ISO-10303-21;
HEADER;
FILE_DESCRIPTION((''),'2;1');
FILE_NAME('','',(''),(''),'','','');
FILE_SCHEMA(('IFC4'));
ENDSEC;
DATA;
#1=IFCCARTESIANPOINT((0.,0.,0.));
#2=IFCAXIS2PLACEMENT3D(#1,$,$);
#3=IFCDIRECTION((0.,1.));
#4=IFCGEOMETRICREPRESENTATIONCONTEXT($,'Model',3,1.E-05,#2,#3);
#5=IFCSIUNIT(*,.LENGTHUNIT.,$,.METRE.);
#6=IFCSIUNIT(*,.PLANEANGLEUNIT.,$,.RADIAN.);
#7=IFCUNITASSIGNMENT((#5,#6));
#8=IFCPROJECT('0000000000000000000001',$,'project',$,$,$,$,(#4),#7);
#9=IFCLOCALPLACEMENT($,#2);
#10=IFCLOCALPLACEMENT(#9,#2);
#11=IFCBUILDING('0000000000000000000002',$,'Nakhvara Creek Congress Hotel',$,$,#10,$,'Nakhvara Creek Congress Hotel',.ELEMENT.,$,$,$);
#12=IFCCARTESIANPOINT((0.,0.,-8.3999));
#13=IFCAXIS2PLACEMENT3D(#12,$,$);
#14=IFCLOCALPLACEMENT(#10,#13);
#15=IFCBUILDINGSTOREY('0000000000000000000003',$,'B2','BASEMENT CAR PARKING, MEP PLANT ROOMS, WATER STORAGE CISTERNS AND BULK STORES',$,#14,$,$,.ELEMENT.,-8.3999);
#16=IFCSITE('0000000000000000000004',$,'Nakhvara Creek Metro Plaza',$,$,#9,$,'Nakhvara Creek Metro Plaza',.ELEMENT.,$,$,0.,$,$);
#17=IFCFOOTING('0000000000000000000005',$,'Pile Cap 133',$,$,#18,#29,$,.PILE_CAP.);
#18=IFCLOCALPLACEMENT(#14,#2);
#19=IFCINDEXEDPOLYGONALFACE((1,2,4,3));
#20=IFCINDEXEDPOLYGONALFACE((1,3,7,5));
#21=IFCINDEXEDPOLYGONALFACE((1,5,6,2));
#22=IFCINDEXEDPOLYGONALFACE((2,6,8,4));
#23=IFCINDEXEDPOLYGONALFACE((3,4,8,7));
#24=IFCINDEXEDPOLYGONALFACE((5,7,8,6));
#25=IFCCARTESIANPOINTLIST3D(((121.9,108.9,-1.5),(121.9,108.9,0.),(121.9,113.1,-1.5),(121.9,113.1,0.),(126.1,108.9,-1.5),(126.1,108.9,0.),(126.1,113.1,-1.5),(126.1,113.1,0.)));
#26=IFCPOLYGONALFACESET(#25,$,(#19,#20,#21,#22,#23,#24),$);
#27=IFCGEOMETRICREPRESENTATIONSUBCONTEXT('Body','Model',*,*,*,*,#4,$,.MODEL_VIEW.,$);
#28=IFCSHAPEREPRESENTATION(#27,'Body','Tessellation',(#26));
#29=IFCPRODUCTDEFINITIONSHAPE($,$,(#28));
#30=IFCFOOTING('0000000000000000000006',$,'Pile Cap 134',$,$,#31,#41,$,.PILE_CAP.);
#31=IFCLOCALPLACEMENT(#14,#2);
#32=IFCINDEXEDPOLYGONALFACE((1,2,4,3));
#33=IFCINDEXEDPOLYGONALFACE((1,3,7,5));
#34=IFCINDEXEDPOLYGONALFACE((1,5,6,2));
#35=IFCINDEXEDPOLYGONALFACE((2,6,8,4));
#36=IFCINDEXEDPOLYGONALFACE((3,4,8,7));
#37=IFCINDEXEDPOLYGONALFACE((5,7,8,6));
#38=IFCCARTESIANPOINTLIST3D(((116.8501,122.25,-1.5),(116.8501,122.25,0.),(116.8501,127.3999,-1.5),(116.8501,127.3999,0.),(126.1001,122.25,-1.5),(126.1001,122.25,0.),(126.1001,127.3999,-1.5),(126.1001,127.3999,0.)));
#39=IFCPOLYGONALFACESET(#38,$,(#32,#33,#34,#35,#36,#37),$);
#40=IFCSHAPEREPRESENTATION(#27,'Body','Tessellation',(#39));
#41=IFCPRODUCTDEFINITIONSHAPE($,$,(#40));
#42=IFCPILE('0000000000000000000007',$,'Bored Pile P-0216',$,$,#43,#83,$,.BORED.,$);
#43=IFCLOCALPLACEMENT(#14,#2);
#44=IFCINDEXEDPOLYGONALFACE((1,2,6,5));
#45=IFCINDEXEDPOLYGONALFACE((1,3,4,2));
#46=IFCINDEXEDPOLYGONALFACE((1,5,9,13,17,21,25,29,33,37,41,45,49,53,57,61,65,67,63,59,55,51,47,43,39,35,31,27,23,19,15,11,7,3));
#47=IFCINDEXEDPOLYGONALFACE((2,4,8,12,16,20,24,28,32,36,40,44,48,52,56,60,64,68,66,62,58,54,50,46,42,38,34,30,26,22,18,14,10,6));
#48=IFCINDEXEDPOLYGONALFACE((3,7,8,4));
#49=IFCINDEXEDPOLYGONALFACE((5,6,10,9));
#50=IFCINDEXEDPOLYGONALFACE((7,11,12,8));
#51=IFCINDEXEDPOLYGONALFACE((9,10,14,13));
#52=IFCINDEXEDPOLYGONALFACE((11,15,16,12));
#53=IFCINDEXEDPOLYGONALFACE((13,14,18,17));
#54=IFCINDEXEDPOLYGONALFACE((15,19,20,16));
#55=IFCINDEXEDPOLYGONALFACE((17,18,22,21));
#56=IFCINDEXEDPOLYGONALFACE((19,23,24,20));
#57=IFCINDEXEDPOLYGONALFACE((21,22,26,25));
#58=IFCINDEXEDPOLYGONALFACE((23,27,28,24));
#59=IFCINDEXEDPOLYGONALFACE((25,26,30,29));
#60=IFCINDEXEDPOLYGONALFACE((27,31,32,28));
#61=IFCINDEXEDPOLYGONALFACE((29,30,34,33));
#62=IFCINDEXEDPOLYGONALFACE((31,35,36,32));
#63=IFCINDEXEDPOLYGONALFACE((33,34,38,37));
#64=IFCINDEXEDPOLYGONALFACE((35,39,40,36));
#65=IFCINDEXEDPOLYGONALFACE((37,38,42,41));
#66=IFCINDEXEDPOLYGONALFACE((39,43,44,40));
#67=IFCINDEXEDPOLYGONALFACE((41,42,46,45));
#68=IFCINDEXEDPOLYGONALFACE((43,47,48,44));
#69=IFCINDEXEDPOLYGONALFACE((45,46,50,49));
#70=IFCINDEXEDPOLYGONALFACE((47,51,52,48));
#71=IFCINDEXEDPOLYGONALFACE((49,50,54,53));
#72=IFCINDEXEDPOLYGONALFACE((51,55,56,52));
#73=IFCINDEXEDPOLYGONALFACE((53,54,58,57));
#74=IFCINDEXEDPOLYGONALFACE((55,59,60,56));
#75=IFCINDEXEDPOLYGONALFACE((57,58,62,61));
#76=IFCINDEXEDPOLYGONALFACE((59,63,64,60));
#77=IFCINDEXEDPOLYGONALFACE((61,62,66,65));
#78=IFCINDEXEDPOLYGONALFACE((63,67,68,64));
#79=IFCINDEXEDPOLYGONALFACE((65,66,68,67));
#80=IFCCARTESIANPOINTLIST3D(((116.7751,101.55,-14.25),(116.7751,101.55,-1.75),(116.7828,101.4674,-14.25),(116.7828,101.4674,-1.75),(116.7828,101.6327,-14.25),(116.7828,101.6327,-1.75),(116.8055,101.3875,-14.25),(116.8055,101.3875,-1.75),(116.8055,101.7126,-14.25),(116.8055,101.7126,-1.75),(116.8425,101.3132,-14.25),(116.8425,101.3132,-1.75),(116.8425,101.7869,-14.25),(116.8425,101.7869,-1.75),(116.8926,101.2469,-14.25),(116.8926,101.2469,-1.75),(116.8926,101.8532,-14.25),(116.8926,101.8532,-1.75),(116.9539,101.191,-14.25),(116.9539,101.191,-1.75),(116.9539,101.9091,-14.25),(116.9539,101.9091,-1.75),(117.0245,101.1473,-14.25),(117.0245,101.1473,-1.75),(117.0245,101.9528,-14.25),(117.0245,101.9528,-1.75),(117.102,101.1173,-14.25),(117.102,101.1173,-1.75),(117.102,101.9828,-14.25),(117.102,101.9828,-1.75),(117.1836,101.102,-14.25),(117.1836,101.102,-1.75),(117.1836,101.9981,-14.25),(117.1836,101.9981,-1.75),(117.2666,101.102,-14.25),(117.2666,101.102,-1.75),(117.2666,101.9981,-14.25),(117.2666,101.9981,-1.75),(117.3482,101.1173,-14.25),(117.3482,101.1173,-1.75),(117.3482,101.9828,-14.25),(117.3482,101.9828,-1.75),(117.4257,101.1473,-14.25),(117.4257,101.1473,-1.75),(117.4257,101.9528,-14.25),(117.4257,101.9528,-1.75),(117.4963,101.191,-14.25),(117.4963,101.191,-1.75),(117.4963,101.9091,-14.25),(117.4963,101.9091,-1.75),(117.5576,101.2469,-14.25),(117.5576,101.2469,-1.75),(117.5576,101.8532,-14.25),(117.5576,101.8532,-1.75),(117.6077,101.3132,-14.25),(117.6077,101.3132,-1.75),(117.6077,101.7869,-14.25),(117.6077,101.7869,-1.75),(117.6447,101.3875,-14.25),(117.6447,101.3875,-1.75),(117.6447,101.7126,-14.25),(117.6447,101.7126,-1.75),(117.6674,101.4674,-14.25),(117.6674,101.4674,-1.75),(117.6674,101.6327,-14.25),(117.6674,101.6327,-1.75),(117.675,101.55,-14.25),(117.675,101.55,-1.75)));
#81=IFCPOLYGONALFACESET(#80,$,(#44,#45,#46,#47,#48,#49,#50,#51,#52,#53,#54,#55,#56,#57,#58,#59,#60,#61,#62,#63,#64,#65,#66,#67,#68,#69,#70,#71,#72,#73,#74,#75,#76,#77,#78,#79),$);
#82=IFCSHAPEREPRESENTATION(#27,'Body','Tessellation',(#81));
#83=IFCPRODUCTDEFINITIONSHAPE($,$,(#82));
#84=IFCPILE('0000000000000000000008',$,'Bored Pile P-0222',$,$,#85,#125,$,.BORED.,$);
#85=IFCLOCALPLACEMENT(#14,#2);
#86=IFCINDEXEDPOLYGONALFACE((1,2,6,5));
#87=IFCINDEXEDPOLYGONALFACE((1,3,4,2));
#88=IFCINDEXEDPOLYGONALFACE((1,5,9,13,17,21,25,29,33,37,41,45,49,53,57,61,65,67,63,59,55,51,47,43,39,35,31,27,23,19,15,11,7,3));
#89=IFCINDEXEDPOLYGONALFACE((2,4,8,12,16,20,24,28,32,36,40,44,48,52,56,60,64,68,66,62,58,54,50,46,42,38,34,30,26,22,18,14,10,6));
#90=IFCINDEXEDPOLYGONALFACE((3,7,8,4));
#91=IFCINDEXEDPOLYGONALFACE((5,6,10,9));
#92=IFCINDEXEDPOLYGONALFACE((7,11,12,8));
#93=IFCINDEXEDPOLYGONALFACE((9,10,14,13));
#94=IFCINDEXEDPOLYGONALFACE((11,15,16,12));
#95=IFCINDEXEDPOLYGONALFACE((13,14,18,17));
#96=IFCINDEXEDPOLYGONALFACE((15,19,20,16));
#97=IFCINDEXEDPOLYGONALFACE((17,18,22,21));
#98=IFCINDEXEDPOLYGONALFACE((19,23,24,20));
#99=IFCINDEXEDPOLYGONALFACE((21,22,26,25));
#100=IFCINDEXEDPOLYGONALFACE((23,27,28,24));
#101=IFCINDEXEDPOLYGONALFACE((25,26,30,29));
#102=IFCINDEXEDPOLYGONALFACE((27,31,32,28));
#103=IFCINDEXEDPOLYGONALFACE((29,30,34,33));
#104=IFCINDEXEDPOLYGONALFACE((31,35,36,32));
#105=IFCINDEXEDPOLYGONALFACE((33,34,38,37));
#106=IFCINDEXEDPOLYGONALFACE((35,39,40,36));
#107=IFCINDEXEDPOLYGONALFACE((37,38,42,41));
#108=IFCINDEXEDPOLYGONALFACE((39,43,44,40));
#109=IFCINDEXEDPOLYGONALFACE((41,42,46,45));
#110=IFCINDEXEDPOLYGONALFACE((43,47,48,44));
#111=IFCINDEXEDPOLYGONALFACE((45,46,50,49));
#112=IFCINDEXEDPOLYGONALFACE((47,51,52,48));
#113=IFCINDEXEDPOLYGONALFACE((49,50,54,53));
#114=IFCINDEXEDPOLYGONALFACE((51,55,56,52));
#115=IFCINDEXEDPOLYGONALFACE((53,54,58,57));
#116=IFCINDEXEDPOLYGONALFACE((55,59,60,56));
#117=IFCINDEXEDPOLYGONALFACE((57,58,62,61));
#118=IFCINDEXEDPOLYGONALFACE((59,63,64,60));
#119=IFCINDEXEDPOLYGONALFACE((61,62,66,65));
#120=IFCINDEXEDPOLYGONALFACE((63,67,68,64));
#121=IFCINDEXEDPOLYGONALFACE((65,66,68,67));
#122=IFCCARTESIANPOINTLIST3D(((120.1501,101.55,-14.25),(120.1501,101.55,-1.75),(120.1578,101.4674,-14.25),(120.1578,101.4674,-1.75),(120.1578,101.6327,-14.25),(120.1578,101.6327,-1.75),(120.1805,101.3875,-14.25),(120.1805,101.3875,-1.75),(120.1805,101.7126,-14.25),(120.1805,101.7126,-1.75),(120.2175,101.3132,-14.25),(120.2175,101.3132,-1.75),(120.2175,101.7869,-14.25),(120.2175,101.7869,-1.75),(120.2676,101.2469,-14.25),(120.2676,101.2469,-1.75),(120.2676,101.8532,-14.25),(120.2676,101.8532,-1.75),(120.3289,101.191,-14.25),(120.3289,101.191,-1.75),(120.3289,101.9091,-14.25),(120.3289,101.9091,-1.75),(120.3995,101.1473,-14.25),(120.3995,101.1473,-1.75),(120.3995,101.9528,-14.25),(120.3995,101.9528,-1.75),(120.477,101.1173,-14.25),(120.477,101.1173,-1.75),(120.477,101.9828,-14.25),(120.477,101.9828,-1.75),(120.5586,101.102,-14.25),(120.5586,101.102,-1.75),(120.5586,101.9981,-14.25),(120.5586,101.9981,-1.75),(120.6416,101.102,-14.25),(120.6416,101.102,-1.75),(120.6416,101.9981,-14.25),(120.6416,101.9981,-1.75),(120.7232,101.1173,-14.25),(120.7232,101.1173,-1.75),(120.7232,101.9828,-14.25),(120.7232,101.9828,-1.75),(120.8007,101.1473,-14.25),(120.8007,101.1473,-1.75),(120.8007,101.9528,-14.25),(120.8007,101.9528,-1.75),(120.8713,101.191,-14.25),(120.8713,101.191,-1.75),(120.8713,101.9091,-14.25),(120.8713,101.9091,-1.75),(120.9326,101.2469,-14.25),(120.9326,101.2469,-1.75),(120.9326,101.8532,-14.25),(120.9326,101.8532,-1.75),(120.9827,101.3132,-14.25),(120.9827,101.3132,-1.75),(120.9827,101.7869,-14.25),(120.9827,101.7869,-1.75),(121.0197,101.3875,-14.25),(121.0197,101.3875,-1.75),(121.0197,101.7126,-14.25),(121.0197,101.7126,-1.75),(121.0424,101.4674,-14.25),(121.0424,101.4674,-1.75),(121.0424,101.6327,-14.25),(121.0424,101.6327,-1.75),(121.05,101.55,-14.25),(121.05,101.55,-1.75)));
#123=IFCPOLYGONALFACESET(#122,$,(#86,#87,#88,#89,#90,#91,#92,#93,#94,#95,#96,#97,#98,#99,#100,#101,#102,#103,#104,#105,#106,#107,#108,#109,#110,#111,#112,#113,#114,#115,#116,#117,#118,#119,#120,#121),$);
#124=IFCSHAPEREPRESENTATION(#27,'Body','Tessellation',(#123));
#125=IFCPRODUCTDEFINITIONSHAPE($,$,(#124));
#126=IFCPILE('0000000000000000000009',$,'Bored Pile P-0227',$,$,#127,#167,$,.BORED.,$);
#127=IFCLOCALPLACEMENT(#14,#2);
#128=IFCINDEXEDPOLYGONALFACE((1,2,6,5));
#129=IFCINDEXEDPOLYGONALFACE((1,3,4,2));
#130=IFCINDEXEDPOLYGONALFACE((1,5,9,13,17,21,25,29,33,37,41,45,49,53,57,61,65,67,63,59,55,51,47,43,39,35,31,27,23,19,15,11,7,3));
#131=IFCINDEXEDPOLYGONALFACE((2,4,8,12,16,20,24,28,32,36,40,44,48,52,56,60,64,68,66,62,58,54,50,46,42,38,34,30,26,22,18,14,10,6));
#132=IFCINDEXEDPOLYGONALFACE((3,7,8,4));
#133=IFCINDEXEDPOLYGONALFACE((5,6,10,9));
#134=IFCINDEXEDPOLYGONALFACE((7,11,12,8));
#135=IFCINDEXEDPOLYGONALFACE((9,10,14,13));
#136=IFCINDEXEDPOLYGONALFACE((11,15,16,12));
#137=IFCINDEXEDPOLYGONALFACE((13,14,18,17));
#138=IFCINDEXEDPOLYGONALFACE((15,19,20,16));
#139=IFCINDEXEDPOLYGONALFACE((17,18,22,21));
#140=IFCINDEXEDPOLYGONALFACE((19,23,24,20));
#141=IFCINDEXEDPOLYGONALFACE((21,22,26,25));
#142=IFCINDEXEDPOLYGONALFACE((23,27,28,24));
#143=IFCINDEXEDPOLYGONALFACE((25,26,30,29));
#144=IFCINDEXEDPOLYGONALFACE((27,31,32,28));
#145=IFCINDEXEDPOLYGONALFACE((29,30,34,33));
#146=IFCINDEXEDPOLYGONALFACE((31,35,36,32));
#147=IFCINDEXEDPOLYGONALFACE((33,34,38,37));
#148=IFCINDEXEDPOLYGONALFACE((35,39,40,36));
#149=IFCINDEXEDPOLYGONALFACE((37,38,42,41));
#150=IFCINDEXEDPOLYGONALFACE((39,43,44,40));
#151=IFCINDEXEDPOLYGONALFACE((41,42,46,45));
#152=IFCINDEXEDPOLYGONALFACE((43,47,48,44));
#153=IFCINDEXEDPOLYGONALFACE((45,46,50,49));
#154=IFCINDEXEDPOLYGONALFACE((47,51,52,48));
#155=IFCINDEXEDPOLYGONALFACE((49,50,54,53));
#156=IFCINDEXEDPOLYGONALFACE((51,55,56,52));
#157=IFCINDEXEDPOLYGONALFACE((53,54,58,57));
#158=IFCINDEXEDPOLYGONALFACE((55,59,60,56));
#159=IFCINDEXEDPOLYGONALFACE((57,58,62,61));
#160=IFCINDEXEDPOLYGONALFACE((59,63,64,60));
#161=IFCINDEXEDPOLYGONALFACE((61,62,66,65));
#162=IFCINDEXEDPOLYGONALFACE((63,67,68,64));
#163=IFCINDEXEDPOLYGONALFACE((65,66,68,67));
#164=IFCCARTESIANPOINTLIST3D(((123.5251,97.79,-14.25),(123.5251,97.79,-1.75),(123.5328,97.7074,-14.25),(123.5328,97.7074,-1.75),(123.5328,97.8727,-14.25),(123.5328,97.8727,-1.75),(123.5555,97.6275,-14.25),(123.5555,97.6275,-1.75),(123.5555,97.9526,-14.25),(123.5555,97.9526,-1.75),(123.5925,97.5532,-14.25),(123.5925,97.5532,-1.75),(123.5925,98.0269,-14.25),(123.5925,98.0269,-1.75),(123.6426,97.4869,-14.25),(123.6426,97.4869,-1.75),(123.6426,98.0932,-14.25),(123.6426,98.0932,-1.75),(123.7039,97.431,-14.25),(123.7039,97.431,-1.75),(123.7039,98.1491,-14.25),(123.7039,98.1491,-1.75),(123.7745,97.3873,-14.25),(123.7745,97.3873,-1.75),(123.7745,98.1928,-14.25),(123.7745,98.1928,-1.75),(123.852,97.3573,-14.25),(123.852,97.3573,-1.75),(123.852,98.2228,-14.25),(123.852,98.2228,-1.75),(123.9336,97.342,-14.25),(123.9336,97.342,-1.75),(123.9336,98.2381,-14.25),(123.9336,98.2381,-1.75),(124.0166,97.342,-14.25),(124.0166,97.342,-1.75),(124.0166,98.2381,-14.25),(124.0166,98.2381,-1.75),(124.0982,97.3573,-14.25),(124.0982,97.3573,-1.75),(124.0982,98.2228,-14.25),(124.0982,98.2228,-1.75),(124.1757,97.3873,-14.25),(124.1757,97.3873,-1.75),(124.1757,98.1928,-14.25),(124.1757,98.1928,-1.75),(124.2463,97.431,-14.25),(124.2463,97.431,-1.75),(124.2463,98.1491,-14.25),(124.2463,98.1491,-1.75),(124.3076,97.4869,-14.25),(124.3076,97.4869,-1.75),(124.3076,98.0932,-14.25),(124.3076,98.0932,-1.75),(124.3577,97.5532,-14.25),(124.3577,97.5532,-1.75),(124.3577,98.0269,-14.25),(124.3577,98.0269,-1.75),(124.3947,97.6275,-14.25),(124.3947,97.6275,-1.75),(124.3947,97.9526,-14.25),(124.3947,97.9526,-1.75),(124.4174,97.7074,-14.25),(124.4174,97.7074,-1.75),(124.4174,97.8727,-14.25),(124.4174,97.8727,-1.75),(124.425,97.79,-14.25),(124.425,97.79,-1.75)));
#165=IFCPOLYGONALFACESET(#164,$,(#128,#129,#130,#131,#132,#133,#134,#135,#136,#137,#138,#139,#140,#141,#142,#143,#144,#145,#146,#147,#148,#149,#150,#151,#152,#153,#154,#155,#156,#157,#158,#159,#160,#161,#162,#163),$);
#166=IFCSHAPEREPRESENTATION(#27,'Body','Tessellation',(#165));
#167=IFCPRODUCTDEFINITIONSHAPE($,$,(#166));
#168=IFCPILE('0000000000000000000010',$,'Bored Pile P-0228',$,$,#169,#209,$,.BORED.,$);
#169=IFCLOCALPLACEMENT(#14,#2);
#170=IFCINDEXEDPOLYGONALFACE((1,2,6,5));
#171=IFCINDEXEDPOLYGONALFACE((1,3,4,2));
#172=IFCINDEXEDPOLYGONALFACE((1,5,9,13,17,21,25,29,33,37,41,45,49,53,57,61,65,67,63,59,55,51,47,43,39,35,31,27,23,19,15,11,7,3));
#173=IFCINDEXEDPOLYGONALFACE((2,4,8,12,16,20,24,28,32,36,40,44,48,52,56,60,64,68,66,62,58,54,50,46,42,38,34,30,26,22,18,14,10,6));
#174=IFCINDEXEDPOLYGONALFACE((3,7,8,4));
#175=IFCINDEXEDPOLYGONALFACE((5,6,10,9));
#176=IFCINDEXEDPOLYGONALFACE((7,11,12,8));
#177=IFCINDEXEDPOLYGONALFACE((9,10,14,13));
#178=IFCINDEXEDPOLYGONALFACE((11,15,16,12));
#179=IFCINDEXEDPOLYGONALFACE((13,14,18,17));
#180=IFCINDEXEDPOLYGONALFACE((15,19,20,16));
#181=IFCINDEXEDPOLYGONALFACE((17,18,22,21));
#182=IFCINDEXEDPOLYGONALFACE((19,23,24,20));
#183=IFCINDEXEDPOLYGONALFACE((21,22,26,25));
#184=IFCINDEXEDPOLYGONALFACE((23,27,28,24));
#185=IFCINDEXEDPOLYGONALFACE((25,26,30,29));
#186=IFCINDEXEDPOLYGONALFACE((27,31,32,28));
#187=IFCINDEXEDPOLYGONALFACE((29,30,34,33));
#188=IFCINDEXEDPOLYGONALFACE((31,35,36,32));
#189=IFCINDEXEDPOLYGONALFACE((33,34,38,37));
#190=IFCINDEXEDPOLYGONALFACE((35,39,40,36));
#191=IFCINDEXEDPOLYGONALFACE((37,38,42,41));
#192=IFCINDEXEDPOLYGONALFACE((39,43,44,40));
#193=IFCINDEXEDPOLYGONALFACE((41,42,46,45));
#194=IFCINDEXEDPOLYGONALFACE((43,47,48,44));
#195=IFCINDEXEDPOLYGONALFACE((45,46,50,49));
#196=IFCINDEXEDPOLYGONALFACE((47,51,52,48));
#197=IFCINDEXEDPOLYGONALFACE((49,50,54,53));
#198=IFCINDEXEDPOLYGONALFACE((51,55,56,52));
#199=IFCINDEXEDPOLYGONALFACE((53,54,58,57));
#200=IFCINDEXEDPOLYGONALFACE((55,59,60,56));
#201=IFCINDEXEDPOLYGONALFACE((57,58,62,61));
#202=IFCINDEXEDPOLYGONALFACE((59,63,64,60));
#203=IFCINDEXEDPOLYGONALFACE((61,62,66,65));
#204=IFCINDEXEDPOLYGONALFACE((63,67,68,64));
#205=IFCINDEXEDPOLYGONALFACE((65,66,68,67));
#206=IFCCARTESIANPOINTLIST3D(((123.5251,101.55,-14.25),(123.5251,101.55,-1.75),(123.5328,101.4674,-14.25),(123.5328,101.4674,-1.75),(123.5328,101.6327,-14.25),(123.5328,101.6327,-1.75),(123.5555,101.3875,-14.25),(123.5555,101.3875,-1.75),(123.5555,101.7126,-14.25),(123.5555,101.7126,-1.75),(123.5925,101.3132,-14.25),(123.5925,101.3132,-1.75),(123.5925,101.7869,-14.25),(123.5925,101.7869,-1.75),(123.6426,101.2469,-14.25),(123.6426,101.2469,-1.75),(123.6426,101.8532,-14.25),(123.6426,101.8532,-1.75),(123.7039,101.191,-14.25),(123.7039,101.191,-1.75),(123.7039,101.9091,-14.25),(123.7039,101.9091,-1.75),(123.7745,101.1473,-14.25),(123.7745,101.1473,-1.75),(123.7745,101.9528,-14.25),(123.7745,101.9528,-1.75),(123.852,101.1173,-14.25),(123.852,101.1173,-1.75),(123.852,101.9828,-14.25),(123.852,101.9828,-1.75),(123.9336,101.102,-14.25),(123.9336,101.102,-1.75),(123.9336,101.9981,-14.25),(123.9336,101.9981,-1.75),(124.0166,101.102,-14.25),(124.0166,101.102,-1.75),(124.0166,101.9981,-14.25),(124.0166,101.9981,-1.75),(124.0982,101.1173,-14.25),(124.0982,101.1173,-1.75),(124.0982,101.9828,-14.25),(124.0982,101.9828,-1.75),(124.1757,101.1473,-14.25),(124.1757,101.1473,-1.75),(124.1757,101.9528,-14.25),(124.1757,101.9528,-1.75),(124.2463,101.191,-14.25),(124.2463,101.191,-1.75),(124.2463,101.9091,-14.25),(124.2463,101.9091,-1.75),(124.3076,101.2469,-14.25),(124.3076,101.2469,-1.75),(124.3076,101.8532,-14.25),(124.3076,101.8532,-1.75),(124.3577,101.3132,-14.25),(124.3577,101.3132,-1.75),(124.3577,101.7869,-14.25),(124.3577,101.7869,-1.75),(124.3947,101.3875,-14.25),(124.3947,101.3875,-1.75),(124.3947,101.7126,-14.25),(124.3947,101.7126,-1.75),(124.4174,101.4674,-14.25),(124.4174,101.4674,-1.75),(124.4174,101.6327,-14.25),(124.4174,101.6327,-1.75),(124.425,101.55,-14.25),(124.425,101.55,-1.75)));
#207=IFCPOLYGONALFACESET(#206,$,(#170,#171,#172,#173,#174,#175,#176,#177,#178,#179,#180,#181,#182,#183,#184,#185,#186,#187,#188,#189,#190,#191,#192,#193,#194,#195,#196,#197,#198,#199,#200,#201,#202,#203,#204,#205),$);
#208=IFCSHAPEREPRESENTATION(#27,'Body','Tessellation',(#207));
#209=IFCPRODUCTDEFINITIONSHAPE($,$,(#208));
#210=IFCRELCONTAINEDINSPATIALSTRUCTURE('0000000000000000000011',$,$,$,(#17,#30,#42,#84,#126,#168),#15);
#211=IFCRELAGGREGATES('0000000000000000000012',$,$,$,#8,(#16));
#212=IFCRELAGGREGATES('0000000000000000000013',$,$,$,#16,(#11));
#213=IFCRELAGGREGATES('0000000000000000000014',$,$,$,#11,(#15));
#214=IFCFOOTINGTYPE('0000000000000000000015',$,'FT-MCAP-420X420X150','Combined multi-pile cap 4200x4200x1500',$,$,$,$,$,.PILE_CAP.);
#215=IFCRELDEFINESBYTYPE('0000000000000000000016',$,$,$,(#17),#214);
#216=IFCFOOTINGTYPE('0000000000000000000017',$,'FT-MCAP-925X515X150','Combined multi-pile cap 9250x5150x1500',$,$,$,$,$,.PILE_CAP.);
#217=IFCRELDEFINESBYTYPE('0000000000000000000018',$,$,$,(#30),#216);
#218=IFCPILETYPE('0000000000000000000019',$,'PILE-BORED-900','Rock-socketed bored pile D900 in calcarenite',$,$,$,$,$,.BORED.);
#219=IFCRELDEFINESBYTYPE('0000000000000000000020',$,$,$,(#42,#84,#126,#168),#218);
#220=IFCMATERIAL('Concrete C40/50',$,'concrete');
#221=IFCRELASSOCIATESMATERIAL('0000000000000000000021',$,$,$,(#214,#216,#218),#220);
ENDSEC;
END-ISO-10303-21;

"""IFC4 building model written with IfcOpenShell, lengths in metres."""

from ifc_helpers import new_model, si_unit, direction, frame, origin, origin_2d, place, context, subcontext, project, spatial, rectangle, circle, extrude, material, material_profile, profile_set, type_object, element, save


model = new_model("IFC4")

# Units and contexts
model_context = context("Model", 3, precision=1e-05, world=origin(), true_north=direction((0.0, 1.0)))
body_context = subcontext(model_context, "Body", "Model", "MODEL_VIEW")
ifc_project = project(units=[si_unit("LENGTHUNIT", "METRE"), si_unit("PLANEANGLEUNIT", "RADIAN")], contexts=[model_context])

# Site, building, storey
site_placement = place(None, origin())
site = spatial("IfcSite", under=ifc_project, at=site_placement, Name="Nakhvara Creek Metro Plaza", LongName="Nakhvara Creek Metro Plaza", CompositionType="ELEMENT", RefElevation=0.0)
building_placement = place(site_placement, origin())
building = spatial("IfcBuilding", under=site, at=building_placement, Name="Nakhvara Creek Congress Hotel", LongName="Nakhvara Creek Congress Hotel", CompositionType="ELEMENT")
storey_placement = place(building_placement, frame((0.0, 0.0, -8.3999)))
storey = spatial("IfcBuildingStorey", under=building, at=storey_placement, Name="B2", Description="BASEMENT CAR PARKING, MEP PLANT ROOMS, WATER STORAGE CISTERNS AND BULK STORES", CompositionType="ELEMENT", Elevation=-8.3999)

# Footings
ifc_material_1 = material(Name="Concrete C40/50", Category="concrete")
footing_type_1 = type_object("IfcFootingType", Name="FT-MCAP-420X420X150", Description="Combined multi-pile cap 4200x4200x1500", PredefinedType="PILE_CAP", material=ifc_material_1)
footing_1_placement = place(storey_placement, frame((124.0, 111.0, -1.5), z_axis=(0.0, 0.0, 1.0), x_axis=(1.0, 0.0, 0.0)))
element("IfcFooting", 1, at=footing_1_placement, inside=storey, type_object=footing_type_1, Name="Pile Cap 133", PredefinedType="PILE_CAP", context=body_context, shape_type="SweptSolid", body=[
    extrude(rectangle(XDim=4.2, YDim=4.2, at=origin_2d()), origin(), (0.0, 0.0, 1.0), 1.5),
])
footing_type_2 = type_object("IfcFootingType", Name="FT-MCAP-925X515X150", Description="Combined multi-pile cap 9250x5150x1500", PredefinedType="PILE_CAP", material=ifc_material_1)
footing_2_placement = place(storey_placement, frame((121.4751, 124.825, -1.5), z_axis=(0.0, 0.0, 1.0), x_axis=(1.0, 0.0, 0.0)))
element("IfcFooting", 2, at=footing_2_placement, inside=storey, type_object=footing_type_2, Name="Pile Cap 134", PredefinedType="PILE_CAP", context=body_context, shape_type="SweptSolid", body=[
    extrude(rectangle(XDim=9.25, YDim=5.1499, at=origin_2d()), origin(), (0.0, 0.0, 1.0), 1.5),
])

# Piles
ifc_material_profile_1 = material_profile(ifc_material_1, circle(Radius=0.45, at=origin_2d()), Name="BORED PILE D900", Category="LoadBearing")
ifc_profile_set_1 = profile_set([ifc_material_profile_1], Name="Concrete C40/50")
pile_type = type_object("IfcPileType", Name="PILE-BORED-900", Description="Rock-socketed bored pile D900 in calcarenite", PredefinedType="BORED", material=ifc_profile_set_1)
for number, where, z_axis, x_axis, name in (
    (3, (117.2251, 101.55, -1.75), (0.0, 0.0, -1.0), (1.0, 0.0, 0.0), "Bored Pile P-0216"),
    (4, (120.6001, 101.55, -1.75), (0.0, 0.0, -1.0), (1.0, 0.0, 0.0), "Bored Pile P-0222"),
    (5, (123.9751, 97.79, -1.75), (0.0, 0.0, -1.0), (1.0, 0.0, 0.0), "Bored Pile P-0227"),
    (6, (123.9751, 101.55, -1.75), (0.0, 0.0, -1.0), (1.0, 0.0, 0.0), "Bored Pile P-0228"),
):
    element("IfcPile", number, at=place(storey_placement, frame(where, z_axis=z_axis, x_axis=x_axis)), inside=storey, type_object=pile_type, Name=name, PredefinedType="BORED", context=body_context, shape_type="SweptSolid", body=[
        extrude(circle(Radius=0.45, at=origin_2d()), origin(), (0.0, 0.0, 1.0), 12.5),
    ])

save(model, "model.ifc")
